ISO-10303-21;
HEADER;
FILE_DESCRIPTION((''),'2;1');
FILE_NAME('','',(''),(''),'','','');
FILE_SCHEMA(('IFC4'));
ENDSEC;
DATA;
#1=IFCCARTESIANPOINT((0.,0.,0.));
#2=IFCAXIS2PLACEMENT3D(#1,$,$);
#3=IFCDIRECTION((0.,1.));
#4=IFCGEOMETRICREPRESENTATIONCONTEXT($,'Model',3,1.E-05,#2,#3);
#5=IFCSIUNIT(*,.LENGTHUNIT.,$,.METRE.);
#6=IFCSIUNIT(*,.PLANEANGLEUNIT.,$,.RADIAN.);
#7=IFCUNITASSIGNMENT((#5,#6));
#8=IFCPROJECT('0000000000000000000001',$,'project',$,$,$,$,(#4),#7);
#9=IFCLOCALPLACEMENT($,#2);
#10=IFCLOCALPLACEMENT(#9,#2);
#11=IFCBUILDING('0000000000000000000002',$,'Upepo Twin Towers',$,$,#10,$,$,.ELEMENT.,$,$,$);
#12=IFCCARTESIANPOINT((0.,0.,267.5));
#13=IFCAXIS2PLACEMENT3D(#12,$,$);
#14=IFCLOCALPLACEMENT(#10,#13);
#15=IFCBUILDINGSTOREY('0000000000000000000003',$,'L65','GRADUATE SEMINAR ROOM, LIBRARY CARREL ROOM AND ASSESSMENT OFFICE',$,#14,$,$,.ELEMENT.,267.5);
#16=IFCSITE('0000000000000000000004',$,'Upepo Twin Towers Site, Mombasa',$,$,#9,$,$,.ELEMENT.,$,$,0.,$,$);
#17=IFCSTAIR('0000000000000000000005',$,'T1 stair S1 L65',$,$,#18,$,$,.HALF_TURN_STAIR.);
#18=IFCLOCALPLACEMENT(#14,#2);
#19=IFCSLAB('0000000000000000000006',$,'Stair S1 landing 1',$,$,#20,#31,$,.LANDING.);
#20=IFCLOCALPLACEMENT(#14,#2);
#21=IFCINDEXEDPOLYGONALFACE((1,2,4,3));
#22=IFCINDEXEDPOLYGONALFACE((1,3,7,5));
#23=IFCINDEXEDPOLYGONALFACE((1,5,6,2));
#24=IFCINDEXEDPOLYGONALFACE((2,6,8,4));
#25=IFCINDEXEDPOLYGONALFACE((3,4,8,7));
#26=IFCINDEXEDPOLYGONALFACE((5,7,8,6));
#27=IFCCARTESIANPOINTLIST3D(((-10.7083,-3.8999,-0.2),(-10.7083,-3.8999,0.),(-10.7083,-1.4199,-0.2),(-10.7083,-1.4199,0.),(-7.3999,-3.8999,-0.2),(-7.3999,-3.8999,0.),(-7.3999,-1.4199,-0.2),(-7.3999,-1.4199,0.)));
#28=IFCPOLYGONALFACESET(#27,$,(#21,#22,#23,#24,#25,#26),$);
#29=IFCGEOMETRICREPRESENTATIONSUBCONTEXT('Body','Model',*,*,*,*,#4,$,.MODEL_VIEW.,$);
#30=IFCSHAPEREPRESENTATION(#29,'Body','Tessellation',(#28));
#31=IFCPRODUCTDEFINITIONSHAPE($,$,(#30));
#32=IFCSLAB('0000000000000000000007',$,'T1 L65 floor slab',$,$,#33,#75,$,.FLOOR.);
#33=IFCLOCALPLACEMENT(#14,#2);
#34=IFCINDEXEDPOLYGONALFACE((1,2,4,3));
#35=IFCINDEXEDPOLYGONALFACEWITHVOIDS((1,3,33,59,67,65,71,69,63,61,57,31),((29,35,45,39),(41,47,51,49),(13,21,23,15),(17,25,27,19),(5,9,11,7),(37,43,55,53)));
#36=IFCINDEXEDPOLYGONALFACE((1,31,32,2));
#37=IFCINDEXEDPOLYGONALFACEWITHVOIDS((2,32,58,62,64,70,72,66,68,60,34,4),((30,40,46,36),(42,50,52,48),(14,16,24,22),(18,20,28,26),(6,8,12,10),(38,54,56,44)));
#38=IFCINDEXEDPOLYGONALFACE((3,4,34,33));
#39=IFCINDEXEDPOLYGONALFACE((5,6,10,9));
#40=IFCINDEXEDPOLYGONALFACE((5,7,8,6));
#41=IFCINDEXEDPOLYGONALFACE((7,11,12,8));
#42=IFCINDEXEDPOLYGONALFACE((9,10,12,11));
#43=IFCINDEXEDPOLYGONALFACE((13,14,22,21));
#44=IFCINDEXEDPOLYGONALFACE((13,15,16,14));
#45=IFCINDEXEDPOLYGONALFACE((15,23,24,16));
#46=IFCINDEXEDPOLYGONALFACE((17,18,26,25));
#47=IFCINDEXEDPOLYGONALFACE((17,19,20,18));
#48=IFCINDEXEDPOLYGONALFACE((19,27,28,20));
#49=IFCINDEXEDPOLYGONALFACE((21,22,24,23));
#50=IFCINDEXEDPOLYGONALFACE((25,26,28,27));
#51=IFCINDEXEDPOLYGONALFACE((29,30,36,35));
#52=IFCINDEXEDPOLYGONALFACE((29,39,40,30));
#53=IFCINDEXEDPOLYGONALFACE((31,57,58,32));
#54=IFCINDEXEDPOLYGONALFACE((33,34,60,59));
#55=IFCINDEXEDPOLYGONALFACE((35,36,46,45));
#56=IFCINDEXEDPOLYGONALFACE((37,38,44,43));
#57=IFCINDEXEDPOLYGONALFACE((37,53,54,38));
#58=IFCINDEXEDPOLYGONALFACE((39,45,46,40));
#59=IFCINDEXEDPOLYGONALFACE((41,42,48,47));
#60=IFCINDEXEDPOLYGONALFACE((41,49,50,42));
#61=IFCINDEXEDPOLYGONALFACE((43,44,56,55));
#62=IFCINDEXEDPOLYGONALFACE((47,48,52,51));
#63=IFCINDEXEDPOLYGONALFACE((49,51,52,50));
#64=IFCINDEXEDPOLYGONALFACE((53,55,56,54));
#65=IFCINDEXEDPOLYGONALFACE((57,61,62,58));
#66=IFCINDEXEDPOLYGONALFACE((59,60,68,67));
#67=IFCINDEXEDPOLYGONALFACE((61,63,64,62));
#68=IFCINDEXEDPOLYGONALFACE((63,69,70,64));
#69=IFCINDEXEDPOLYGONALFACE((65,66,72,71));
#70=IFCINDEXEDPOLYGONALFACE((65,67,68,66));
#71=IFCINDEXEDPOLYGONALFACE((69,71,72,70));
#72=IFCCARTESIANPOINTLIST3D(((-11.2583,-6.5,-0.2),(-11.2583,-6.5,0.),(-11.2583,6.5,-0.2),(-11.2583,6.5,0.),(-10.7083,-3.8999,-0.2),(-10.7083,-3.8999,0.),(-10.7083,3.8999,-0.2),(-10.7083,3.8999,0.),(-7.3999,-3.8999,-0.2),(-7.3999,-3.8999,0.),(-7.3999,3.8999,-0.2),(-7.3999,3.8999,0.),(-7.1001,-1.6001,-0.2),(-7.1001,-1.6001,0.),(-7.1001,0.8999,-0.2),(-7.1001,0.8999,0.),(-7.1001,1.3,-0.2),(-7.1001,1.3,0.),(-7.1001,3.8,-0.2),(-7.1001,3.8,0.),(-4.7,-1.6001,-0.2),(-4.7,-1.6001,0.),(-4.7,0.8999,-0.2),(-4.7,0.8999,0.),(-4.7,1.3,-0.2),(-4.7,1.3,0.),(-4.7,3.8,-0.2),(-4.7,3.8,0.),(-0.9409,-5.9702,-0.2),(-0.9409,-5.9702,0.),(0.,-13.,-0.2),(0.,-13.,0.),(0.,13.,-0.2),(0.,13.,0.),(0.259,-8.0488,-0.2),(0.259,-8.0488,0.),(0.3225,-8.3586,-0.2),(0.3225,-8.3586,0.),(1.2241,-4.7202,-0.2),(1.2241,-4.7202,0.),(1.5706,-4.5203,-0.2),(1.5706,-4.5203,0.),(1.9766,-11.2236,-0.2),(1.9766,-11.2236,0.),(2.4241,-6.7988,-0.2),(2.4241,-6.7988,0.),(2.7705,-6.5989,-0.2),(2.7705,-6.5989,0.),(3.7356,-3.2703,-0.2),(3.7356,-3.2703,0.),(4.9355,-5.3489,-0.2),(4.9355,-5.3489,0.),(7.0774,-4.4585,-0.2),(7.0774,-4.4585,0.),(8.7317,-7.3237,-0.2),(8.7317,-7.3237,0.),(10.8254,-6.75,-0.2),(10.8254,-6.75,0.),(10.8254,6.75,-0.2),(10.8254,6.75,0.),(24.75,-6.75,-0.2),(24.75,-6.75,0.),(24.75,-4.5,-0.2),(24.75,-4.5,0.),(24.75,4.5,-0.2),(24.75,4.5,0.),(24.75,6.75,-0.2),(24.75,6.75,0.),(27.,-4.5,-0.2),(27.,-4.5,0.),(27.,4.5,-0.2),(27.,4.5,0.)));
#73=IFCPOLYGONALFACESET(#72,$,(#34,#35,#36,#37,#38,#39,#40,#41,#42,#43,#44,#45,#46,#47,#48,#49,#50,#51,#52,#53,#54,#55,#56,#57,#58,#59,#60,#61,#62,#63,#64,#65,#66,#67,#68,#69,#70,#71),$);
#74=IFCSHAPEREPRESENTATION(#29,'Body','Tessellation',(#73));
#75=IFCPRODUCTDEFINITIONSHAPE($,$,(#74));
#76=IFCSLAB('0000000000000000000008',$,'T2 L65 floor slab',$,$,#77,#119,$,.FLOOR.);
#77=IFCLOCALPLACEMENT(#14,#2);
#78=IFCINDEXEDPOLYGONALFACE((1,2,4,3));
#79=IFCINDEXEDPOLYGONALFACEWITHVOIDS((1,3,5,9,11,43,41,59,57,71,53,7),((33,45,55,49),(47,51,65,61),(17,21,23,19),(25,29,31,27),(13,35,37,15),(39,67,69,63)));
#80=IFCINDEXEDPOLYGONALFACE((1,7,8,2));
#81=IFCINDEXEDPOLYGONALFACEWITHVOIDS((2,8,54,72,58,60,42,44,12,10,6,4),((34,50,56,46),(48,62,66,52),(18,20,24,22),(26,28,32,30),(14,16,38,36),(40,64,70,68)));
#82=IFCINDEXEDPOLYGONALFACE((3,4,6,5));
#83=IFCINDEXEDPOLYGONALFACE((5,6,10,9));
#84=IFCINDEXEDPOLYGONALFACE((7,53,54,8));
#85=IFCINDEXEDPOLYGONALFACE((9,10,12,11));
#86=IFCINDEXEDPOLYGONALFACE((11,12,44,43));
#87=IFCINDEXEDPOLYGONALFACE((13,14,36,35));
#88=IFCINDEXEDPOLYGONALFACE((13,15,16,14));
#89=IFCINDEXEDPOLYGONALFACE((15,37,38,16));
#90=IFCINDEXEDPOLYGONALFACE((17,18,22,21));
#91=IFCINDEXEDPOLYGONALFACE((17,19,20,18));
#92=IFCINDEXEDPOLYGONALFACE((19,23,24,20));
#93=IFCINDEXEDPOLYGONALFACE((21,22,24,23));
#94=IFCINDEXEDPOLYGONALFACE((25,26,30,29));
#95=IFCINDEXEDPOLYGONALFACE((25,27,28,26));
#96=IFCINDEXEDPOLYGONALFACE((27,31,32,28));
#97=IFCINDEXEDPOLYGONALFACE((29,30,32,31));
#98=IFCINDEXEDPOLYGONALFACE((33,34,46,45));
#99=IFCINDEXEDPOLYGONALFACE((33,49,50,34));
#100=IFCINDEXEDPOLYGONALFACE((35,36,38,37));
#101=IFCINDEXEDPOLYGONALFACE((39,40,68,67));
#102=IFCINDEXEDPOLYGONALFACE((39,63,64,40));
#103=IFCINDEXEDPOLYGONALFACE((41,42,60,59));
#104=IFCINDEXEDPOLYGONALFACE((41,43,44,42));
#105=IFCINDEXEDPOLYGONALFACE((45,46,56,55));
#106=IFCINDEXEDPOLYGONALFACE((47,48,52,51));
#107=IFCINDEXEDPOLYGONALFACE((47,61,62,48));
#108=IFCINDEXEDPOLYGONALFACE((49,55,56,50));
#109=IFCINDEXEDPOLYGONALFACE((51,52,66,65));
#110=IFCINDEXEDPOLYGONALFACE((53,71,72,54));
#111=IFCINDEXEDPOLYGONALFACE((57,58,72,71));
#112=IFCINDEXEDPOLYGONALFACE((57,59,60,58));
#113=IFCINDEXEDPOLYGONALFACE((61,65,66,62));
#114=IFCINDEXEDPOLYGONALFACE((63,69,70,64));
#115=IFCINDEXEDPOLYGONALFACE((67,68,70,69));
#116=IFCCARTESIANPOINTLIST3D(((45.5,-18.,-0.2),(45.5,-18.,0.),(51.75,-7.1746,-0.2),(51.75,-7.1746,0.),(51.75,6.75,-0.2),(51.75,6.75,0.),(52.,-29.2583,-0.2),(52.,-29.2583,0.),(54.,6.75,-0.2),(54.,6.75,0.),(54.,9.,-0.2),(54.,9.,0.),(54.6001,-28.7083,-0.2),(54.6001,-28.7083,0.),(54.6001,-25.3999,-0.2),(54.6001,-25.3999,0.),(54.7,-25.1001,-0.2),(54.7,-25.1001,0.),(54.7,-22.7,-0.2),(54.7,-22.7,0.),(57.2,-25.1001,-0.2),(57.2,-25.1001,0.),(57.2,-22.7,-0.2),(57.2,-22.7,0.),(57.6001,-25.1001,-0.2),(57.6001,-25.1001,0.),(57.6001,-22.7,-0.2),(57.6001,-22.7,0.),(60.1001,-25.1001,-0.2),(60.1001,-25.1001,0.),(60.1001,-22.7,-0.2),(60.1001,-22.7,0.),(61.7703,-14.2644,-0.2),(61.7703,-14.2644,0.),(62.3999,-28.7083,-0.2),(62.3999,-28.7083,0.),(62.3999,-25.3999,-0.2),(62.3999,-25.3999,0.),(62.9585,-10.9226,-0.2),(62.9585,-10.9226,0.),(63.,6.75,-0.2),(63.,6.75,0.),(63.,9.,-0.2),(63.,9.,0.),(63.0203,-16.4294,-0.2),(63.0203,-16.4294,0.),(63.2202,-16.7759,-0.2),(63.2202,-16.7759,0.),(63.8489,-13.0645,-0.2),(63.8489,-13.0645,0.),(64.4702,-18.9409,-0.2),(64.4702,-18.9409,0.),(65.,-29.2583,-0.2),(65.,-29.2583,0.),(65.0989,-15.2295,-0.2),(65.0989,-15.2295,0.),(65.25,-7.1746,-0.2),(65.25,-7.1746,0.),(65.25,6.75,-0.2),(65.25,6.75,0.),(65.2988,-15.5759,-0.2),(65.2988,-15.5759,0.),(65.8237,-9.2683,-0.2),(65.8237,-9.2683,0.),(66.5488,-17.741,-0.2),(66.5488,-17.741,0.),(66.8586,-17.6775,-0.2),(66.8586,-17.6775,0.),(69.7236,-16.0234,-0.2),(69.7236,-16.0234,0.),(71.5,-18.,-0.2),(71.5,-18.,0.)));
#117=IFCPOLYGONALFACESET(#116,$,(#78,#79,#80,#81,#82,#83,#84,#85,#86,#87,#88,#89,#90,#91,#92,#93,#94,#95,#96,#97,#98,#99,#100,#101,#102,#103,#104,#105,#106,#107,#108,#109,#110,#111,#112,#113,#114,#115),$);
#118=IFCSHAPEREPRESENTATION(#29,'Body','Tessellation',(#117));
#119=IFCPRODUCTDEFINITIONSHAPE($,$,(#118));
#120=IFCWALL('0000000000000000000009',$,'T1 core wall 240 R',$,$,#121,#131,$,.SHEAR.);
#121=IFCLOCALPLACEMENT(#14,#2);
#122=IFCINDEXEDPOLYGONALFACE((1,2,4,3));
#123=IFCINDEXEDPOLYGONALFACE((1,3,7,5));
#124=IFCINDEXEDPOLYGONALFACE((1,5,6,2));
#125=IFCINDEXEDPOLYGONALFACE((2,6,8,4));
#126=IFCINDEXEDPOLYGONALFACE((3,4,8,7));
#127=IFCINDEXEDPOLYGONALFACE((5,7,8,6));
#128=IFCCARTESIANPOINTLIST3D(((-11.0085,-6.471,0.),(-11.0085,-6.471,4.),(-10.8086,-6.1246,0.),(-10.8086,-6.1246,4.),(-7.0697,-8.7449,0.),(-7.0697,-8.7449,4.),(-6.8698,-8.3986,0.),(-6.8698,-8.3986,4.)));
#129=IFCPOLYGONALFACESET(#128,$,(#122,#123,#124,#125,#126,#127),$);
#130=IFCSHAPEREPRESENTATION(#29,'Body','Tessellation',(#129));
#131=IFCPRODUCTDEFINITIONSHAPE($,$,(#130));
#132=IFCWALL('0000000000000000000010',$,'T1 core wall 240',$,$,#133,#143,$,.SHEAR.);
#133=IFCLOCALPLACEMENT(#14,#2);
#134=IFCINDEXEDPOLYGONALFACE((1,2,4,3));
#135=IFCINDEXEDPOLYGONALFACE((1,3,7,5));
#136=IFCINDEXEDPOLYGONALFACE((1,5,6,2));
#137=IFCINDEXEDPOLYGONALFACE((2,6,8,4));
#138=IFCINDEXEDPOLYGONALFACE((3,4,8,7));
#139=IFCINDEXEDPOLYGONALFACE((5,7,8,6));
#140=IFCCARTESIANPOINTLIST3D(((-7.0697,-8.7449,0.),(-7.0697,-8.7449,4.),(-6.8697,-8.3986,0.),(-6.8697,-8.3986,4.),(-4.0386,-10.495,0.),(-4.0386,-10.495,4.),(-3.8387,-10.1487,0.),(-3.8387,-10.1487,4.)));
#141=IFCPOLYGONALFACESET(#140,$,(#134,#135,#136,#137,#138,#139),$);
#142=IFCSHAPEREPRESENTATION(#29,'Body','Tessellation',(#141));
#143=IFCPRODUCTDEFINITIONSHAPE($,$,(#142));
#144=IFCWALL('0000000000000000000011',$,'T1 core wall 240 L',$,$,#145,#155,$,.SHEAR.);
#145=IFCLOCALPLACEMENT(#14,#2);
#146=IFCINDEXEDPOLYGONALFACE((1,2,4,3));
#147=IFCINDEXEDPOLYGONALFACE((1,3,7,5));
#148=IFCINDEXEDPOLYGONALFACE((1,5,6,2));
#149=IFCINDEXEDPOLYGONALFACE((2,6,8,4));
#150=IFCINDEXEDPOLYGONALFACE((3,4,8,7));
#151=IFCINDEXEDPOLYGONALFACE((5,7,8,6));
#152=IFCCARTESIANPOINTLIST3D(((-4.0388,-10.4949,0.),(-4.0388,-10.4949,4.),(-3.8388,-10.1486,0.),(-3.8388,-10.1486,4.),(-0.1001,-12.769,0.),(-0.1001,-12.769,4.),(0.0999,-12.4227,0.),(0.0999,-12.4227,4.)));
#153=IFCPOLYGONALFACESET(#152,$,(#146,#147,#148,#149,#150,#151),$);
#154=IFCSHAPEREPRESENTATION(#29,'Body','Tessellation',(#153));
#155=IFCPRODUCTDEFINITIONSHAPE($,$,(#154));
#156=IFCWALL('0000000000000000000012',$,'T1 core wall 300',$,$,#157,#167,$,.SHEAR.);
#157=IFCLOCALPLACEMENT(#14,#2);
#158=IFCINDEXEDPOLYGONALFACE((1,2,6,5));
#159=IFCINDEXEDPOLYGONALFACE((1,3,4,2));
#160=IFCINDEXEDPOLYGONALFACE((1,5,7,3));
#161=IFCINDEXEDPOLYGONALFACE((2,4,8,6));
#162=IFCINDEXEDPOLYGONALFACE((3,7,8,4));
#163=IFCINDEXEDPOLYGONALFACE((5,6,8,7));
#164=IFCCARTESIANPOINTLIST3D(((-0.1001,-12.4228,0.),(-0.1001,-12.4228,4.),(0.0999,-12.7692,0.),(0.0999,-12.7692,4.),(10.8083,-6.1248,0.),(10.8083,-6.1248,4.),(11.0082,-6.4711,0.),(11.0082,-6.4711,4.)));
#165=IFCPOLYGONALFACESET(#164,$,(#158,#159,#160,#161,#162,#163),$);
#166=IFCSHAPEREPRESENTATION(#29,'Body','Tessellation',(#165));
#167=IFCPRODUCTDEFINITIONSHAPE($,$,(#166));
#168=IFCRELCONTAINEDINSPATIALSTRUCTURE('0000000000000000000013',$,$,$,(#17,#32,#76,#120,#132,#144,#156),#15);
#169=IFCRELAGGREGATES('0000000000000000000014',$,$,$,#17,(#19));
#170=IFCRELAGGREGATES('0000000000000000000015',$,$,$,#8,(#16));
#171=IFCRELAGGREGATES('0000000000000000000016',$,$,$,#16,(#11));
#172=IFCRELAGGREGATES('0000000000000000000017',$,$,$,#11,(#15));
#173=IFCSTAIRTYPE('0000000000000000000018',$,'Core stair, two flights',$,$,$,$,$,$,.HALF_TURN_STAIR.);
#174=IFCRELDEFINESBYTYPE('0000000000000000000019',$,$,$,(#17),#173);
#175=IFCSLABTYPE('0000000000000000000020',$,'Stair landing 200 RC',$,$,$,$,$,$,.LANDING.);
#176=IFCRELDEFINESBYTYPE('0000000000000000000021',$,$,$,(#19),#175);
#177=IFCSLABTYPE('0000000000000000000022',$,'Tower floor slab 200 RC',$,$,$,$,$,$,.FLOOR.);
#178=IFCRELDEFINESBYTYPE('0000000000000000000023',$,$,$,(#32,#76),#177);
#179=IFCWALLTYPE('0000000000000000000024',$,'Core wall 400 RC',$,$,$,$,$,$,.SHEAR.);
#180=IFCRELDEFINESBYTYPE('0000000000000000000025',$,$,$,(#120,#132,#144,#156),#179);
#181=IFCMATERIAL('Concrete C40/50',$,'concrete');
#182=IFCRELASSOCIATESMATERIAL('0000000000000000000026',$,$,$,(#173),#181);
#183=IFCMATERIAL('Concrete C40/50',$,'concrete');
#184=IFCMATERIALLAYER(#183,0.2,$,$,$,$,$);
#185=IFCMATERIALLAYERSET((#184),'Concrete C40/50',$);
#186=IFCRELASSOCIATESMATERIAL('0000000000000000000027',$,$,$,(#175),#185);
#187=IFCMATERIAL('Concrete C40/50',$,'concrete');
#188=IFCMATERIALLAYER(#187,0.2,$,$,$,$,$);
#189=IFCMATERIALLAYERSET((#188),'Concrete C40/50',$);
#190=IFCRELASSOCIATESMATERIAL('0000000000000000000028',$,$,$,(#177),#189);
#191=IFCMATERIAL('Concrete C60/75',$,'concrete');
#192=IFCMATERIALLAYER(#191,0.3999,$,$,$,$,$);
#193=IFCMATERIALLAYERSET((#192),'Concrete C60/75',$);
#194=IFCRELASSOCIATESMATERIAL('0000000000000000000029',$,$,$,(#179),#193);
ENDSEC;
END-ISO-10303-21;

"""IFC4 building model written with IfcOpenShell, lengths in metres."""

from ifc_helpers import new_model, si_unit, direction, frame, frame_2d, origin, place, context, subcontext, project, spatial, polyline, rectangle, outline, extrude, material, layer, layer_set, type_object, element, aggregate, save


model = new_model("IFC4")

# Units and contexts
model_context = context("Model", 3, precision=1e-05, world=origin(), true_north=direction((0.0, 1.0)))
body_context = subcontext(model_context, "Body", "Model", "MODEL_VIEW")
ifc_project = project(units=[si_unit("LENGTHUNIT", "METRE"), si_unit("PLANEANGLEUNIT", "RADIAN")], contexts=[model_context])

# Site, building, storey
site_placement = place(None, origin())
site = spatial("IfcSite", under=ifc_project, at=site_placement, Name="Upepo Twin Towers Site, Mombasa", CompositionType="ELEMENT", RefElevation=0.0)
building_placement = place(site_placement, origin())
building = spatial("IfcBuilding", under=site, at=building_placement, Name="Upepo Twin Towers", CompositionType="ELEMENT")
storey_placement = place(building_placement, frame((0.0, 0.0, 267.5)))
storey = spatial("IfcBuildingStorey", under=building, at=storey_placement, Name="L65", Description="GRADUATE SEMINAR ROOM, LIBRARY CARREL ROOM AND ASSESSMENT OFFICE", CompositionType="ELEMENT", Elevation=267.5)

# Stair, slab
ifc_material_1 = material(Name="Concrete C40/50", Category="concrete")
stair_type = type_object("IfcStairType", Name="Core stair, two flights", PredefinedType="HALF_TURN_STAIR", material=ifc_material_1)
stair_placement = place(storey_placement, origin())
stair = element("IfcStair", 1, at=stair_placement, inside=storey, type_object=stair_type, Name="T1 stair S1 L65", PredefinedType="HALF_TURN_STAIR")
ifc_material_2 = material(Name="Concrete C40/50", Category="concrete")
ifc_layer_1 = layer(ifc_material_2, 0.2)
ifc_layer_set_1 = layer_set([ifc_layer_1], Name="Concrete C40/50")
slab_type_1 = type_object("IfcSlabType", Name="Stair landing 200 RC", PredefinedType="LANDING", material=ifc_layer_set_1)
slab_1_placement = place(storey_placement, frame((0.0, 0.0, -0.2)))
slab_1 = element("IfcSlab", 2, at=slab_1_placement, type_object=slab_type_1, Name="Stair S1 landing 1", PredefinedType="LANDING", context=body_context, shape_type="SweptSolid", body=[
    extrude(outline(polyline([(-7.3999, -1.4199), (-10.7083, -1.4199), (-10.7083, -3.8999), (-7.3999, -3.8999), (-7.3999, -1.4199)])), origin(), (0.0, 0.0, 1.0), 0.2),
])

# Slabs
ifc_material_3 = material(Name="Concrete C40/50", Category="concrete")
ifc_layer_2 = layer(ifc_material_3, 0.2)
ifc_layer_set_2 = layer_set([ifc_layer_2], Name="Concrete C40/50")
slab_type_2 = type_object("IfcSlabType", Name="Tower floor slab 200 RC", PredefinedType="FLOOR", material=ifc_layer_set_2)
slab_2_placement = place(storey_placement, frame((0.0, 0.0, -0.2)))
element("IfcSlab", 3, at=slab_2_placement, inside=storey, type_object=slab_type_2, Name="T1 L65 floor slab", PredefinedType="FLOOR", context=body_context, shape_type="SweptSolid", body=[
    extrude(outline(polyline([(0.0, -13.0), (-11.2583, -6.5), (-11.2583, 6.5), (0.0, 13.0), (10.8254, 6.75), (24.75, 6.75), (24.75, 4.5), (27.0, 4.5), (27.0, -4.5), (24.75, -4.5), (24.75, -6.75), (10.8254, -6.75), (0.0, -13.0)]), holes=[polyline([(-4.7, 3.8), (-7.1001, 3.8), (-7.1001, 1.3), (-4.7, 1.3), (-4.7, 3.8)]), polyline([(-4.7, 0.8999), (-7.1001, 0.8999), (-7.1001, -1.6001), (-4.7, -1.6001), (-4.7, 0.8999)]), polyline([(-7.3999, 3.8999), (-10.7083, 3.8999), (-10.7083, -3.8999), (-7.3999, -3.8999), (-7.3999, 3.8999)]), polyline([(-0.9409, -5.9702), (0.259, -8.0488), (2.4241, -6.7988), (1.2241, -4.7202), (-0.9409, -5.9702)]), polyline([(1.5706, -4.5203), (2.7705, -6.5989), (4.9355, -5.3489), (3.7356, -3.2703), (1.5706, -4.5203)]), polyline([(0.3225, -8.3586), (1.9766, -11.2236), (8.7317, -7.3237), (7.0774, -4.4585), (0.3225, -8.3586)])]), origin(), (0.0, 0.0, 1.0), 0.2),
])
slab_3_placement = place(storey_placement, frame((0.0, 0.0, -0.2)))
element("IfcSlab", 4, at=slab_3_placement, inside=storey, type_object=slab_type_2, Name="T2 L65 floor slab", PredefinedType="FLOOR", context=body_context, shape_type="SweptSolid", body=[
    extrude(outline(polyline([(71.5, -18.0), (65.0, -29.2583), (52.0, -29.2583), (45.5, -18.0), (51.75, -7.1746), (51.75, 6.75), (54.0, 6.75), (54.0, 9.0), (63.0, 9.0), (63.0, 6.75), (65.25, 6.75), (65.25, -7.1746), (71.5, -18.0)]), holes=[polyline([(54.7, -22.7), (54.7, -25.1001), (57.2, -25.1001), (57.2, -22.7), (54.7, -22.7)]), polyline([(57.6001, -22.7), (57.6001, -25.1001), (60.1001, -25.1001), (60.1001, -22.7), (57.6001, -22.7)]), polyline([(54.6001, -25.3999), (54.6001, -28.7083), (62.3999, -28.7083), (62.3999, -25.3999), (54.6001, -25.3999)]), polyline([(64.4702, -18.9409), (66.5488, -17.741), (65.2988, -15.5759), (63.2202, -16.7759), (64.4702, -18.9409)]), polyline([(63.0203, -16.4294), (65.0989, -15.2295), (63.8489, -13.0645), (61.7703, -14.2644), (63.0203, -16.4294)]), polyline([(66.8586, -17.6775), (69.7236, -16.0234), (65.8237, -9.2683), (62.9585, -10.9226), (66.8586, -17.6775)])]), origin(), (0.0, 0.0, 1.0), 0.2),
])

# Walls
ifc_material_4 = material(Name="Concrete C60/75", Category="concrete")
ifc_layer_3 = layer(ifc_material_4, 0.3999)
ifc_layer_set_3 = layer_set([ifc_layer_3], Name="Concrete C60/75")
wall_type_1 = type_object("IfcWallType", Name="Core wall 400 RC", PredefinedType="SHEAR", material=ifc_layer_set_3)
wall_1_placement = place(storey_placement, frame((-10.9084, -6.2979, 0.0), z_axis=(0.0, 0.0, 1.0), x_axis=(0.866035, -0.499984, 0.0)))
element("IfcWall", 5, at=wall_1_placement, inside=storey, type_object=wall_type_1, Name="T1 core wall 240 R", PredefinedType="SHEAR", context=body_context, shape_type="SweptSolid", body=[
    extrude(rectangle(XDim=4.5481, YDim=0.3999, at=frame_2d((2.2739, 0.0))), origin(), (0.0, 0.0, 1.0), 4.0),
])
wall_2_placement = place(storey_placement, frame((-6.9697, -8.5718, 0.0), z_axis=(0.0, 0.0, 1.0), x_axis=(0.866019, -0.50001, 0.0)))
element("IfcWall", 6, at=wall_2_placement, inside=storey, type_object=wall_type_1, Name="T1 core wall 240", PredefinedType="SHEAR", context=body_context, shape_type="SweptSolid", body=[
    extrude(rectangle(XDim=3.5, YDim=0.3999, at=frame_2d((1.75, 0.0))), origin(), (0.0, 0.0, 1.0), 4.0),
])
wall_3_placement = place(storey_placement, frame((-3.9387, -10.3218, 0.0), z_axis=(0.0, 0.0, 1.0), x_axis=(0.866011, -0.500024, 0.0)))
element("IfcWall", 7, at=wall_3_placement, inside=storey, type_object=wall_type_1, Name="T1 core wall 240 L", PredefinedType="SHEAR", context=body_context, shape_type="SweptSolid", body=[
    extrude(rectangle(XDim=4.5481, YDim=0.3999, at=frame_2d((2.2739, 0.0))), origin(), (0.0, 0.0, 1.0), 4.0),
])
wall_4_placement = place(storey_placement, frame((0.0, -12.5959, 0.0), z_axis=(0.0, 0.0, 1.0), x_axis=(0.866022, 0.500006, 0.0)))
element("IfcWall", 8, at=wall_4_placement, inside=storey, type_object=wall_type_1, Name="T1 core wall 300", PredefinedType="SHEAR", context=body_context, shape_type="SweptSolid", body=[
    extrude(rectangle(XDim=12.5959, YDim=0.3999, at=frame_2d((6.2979, 0.0))), origin(), (0.0, 0.0, 1.0), 4.0),
])

aggregate(stair, [slab_1])

save(model, "model.ifc")
